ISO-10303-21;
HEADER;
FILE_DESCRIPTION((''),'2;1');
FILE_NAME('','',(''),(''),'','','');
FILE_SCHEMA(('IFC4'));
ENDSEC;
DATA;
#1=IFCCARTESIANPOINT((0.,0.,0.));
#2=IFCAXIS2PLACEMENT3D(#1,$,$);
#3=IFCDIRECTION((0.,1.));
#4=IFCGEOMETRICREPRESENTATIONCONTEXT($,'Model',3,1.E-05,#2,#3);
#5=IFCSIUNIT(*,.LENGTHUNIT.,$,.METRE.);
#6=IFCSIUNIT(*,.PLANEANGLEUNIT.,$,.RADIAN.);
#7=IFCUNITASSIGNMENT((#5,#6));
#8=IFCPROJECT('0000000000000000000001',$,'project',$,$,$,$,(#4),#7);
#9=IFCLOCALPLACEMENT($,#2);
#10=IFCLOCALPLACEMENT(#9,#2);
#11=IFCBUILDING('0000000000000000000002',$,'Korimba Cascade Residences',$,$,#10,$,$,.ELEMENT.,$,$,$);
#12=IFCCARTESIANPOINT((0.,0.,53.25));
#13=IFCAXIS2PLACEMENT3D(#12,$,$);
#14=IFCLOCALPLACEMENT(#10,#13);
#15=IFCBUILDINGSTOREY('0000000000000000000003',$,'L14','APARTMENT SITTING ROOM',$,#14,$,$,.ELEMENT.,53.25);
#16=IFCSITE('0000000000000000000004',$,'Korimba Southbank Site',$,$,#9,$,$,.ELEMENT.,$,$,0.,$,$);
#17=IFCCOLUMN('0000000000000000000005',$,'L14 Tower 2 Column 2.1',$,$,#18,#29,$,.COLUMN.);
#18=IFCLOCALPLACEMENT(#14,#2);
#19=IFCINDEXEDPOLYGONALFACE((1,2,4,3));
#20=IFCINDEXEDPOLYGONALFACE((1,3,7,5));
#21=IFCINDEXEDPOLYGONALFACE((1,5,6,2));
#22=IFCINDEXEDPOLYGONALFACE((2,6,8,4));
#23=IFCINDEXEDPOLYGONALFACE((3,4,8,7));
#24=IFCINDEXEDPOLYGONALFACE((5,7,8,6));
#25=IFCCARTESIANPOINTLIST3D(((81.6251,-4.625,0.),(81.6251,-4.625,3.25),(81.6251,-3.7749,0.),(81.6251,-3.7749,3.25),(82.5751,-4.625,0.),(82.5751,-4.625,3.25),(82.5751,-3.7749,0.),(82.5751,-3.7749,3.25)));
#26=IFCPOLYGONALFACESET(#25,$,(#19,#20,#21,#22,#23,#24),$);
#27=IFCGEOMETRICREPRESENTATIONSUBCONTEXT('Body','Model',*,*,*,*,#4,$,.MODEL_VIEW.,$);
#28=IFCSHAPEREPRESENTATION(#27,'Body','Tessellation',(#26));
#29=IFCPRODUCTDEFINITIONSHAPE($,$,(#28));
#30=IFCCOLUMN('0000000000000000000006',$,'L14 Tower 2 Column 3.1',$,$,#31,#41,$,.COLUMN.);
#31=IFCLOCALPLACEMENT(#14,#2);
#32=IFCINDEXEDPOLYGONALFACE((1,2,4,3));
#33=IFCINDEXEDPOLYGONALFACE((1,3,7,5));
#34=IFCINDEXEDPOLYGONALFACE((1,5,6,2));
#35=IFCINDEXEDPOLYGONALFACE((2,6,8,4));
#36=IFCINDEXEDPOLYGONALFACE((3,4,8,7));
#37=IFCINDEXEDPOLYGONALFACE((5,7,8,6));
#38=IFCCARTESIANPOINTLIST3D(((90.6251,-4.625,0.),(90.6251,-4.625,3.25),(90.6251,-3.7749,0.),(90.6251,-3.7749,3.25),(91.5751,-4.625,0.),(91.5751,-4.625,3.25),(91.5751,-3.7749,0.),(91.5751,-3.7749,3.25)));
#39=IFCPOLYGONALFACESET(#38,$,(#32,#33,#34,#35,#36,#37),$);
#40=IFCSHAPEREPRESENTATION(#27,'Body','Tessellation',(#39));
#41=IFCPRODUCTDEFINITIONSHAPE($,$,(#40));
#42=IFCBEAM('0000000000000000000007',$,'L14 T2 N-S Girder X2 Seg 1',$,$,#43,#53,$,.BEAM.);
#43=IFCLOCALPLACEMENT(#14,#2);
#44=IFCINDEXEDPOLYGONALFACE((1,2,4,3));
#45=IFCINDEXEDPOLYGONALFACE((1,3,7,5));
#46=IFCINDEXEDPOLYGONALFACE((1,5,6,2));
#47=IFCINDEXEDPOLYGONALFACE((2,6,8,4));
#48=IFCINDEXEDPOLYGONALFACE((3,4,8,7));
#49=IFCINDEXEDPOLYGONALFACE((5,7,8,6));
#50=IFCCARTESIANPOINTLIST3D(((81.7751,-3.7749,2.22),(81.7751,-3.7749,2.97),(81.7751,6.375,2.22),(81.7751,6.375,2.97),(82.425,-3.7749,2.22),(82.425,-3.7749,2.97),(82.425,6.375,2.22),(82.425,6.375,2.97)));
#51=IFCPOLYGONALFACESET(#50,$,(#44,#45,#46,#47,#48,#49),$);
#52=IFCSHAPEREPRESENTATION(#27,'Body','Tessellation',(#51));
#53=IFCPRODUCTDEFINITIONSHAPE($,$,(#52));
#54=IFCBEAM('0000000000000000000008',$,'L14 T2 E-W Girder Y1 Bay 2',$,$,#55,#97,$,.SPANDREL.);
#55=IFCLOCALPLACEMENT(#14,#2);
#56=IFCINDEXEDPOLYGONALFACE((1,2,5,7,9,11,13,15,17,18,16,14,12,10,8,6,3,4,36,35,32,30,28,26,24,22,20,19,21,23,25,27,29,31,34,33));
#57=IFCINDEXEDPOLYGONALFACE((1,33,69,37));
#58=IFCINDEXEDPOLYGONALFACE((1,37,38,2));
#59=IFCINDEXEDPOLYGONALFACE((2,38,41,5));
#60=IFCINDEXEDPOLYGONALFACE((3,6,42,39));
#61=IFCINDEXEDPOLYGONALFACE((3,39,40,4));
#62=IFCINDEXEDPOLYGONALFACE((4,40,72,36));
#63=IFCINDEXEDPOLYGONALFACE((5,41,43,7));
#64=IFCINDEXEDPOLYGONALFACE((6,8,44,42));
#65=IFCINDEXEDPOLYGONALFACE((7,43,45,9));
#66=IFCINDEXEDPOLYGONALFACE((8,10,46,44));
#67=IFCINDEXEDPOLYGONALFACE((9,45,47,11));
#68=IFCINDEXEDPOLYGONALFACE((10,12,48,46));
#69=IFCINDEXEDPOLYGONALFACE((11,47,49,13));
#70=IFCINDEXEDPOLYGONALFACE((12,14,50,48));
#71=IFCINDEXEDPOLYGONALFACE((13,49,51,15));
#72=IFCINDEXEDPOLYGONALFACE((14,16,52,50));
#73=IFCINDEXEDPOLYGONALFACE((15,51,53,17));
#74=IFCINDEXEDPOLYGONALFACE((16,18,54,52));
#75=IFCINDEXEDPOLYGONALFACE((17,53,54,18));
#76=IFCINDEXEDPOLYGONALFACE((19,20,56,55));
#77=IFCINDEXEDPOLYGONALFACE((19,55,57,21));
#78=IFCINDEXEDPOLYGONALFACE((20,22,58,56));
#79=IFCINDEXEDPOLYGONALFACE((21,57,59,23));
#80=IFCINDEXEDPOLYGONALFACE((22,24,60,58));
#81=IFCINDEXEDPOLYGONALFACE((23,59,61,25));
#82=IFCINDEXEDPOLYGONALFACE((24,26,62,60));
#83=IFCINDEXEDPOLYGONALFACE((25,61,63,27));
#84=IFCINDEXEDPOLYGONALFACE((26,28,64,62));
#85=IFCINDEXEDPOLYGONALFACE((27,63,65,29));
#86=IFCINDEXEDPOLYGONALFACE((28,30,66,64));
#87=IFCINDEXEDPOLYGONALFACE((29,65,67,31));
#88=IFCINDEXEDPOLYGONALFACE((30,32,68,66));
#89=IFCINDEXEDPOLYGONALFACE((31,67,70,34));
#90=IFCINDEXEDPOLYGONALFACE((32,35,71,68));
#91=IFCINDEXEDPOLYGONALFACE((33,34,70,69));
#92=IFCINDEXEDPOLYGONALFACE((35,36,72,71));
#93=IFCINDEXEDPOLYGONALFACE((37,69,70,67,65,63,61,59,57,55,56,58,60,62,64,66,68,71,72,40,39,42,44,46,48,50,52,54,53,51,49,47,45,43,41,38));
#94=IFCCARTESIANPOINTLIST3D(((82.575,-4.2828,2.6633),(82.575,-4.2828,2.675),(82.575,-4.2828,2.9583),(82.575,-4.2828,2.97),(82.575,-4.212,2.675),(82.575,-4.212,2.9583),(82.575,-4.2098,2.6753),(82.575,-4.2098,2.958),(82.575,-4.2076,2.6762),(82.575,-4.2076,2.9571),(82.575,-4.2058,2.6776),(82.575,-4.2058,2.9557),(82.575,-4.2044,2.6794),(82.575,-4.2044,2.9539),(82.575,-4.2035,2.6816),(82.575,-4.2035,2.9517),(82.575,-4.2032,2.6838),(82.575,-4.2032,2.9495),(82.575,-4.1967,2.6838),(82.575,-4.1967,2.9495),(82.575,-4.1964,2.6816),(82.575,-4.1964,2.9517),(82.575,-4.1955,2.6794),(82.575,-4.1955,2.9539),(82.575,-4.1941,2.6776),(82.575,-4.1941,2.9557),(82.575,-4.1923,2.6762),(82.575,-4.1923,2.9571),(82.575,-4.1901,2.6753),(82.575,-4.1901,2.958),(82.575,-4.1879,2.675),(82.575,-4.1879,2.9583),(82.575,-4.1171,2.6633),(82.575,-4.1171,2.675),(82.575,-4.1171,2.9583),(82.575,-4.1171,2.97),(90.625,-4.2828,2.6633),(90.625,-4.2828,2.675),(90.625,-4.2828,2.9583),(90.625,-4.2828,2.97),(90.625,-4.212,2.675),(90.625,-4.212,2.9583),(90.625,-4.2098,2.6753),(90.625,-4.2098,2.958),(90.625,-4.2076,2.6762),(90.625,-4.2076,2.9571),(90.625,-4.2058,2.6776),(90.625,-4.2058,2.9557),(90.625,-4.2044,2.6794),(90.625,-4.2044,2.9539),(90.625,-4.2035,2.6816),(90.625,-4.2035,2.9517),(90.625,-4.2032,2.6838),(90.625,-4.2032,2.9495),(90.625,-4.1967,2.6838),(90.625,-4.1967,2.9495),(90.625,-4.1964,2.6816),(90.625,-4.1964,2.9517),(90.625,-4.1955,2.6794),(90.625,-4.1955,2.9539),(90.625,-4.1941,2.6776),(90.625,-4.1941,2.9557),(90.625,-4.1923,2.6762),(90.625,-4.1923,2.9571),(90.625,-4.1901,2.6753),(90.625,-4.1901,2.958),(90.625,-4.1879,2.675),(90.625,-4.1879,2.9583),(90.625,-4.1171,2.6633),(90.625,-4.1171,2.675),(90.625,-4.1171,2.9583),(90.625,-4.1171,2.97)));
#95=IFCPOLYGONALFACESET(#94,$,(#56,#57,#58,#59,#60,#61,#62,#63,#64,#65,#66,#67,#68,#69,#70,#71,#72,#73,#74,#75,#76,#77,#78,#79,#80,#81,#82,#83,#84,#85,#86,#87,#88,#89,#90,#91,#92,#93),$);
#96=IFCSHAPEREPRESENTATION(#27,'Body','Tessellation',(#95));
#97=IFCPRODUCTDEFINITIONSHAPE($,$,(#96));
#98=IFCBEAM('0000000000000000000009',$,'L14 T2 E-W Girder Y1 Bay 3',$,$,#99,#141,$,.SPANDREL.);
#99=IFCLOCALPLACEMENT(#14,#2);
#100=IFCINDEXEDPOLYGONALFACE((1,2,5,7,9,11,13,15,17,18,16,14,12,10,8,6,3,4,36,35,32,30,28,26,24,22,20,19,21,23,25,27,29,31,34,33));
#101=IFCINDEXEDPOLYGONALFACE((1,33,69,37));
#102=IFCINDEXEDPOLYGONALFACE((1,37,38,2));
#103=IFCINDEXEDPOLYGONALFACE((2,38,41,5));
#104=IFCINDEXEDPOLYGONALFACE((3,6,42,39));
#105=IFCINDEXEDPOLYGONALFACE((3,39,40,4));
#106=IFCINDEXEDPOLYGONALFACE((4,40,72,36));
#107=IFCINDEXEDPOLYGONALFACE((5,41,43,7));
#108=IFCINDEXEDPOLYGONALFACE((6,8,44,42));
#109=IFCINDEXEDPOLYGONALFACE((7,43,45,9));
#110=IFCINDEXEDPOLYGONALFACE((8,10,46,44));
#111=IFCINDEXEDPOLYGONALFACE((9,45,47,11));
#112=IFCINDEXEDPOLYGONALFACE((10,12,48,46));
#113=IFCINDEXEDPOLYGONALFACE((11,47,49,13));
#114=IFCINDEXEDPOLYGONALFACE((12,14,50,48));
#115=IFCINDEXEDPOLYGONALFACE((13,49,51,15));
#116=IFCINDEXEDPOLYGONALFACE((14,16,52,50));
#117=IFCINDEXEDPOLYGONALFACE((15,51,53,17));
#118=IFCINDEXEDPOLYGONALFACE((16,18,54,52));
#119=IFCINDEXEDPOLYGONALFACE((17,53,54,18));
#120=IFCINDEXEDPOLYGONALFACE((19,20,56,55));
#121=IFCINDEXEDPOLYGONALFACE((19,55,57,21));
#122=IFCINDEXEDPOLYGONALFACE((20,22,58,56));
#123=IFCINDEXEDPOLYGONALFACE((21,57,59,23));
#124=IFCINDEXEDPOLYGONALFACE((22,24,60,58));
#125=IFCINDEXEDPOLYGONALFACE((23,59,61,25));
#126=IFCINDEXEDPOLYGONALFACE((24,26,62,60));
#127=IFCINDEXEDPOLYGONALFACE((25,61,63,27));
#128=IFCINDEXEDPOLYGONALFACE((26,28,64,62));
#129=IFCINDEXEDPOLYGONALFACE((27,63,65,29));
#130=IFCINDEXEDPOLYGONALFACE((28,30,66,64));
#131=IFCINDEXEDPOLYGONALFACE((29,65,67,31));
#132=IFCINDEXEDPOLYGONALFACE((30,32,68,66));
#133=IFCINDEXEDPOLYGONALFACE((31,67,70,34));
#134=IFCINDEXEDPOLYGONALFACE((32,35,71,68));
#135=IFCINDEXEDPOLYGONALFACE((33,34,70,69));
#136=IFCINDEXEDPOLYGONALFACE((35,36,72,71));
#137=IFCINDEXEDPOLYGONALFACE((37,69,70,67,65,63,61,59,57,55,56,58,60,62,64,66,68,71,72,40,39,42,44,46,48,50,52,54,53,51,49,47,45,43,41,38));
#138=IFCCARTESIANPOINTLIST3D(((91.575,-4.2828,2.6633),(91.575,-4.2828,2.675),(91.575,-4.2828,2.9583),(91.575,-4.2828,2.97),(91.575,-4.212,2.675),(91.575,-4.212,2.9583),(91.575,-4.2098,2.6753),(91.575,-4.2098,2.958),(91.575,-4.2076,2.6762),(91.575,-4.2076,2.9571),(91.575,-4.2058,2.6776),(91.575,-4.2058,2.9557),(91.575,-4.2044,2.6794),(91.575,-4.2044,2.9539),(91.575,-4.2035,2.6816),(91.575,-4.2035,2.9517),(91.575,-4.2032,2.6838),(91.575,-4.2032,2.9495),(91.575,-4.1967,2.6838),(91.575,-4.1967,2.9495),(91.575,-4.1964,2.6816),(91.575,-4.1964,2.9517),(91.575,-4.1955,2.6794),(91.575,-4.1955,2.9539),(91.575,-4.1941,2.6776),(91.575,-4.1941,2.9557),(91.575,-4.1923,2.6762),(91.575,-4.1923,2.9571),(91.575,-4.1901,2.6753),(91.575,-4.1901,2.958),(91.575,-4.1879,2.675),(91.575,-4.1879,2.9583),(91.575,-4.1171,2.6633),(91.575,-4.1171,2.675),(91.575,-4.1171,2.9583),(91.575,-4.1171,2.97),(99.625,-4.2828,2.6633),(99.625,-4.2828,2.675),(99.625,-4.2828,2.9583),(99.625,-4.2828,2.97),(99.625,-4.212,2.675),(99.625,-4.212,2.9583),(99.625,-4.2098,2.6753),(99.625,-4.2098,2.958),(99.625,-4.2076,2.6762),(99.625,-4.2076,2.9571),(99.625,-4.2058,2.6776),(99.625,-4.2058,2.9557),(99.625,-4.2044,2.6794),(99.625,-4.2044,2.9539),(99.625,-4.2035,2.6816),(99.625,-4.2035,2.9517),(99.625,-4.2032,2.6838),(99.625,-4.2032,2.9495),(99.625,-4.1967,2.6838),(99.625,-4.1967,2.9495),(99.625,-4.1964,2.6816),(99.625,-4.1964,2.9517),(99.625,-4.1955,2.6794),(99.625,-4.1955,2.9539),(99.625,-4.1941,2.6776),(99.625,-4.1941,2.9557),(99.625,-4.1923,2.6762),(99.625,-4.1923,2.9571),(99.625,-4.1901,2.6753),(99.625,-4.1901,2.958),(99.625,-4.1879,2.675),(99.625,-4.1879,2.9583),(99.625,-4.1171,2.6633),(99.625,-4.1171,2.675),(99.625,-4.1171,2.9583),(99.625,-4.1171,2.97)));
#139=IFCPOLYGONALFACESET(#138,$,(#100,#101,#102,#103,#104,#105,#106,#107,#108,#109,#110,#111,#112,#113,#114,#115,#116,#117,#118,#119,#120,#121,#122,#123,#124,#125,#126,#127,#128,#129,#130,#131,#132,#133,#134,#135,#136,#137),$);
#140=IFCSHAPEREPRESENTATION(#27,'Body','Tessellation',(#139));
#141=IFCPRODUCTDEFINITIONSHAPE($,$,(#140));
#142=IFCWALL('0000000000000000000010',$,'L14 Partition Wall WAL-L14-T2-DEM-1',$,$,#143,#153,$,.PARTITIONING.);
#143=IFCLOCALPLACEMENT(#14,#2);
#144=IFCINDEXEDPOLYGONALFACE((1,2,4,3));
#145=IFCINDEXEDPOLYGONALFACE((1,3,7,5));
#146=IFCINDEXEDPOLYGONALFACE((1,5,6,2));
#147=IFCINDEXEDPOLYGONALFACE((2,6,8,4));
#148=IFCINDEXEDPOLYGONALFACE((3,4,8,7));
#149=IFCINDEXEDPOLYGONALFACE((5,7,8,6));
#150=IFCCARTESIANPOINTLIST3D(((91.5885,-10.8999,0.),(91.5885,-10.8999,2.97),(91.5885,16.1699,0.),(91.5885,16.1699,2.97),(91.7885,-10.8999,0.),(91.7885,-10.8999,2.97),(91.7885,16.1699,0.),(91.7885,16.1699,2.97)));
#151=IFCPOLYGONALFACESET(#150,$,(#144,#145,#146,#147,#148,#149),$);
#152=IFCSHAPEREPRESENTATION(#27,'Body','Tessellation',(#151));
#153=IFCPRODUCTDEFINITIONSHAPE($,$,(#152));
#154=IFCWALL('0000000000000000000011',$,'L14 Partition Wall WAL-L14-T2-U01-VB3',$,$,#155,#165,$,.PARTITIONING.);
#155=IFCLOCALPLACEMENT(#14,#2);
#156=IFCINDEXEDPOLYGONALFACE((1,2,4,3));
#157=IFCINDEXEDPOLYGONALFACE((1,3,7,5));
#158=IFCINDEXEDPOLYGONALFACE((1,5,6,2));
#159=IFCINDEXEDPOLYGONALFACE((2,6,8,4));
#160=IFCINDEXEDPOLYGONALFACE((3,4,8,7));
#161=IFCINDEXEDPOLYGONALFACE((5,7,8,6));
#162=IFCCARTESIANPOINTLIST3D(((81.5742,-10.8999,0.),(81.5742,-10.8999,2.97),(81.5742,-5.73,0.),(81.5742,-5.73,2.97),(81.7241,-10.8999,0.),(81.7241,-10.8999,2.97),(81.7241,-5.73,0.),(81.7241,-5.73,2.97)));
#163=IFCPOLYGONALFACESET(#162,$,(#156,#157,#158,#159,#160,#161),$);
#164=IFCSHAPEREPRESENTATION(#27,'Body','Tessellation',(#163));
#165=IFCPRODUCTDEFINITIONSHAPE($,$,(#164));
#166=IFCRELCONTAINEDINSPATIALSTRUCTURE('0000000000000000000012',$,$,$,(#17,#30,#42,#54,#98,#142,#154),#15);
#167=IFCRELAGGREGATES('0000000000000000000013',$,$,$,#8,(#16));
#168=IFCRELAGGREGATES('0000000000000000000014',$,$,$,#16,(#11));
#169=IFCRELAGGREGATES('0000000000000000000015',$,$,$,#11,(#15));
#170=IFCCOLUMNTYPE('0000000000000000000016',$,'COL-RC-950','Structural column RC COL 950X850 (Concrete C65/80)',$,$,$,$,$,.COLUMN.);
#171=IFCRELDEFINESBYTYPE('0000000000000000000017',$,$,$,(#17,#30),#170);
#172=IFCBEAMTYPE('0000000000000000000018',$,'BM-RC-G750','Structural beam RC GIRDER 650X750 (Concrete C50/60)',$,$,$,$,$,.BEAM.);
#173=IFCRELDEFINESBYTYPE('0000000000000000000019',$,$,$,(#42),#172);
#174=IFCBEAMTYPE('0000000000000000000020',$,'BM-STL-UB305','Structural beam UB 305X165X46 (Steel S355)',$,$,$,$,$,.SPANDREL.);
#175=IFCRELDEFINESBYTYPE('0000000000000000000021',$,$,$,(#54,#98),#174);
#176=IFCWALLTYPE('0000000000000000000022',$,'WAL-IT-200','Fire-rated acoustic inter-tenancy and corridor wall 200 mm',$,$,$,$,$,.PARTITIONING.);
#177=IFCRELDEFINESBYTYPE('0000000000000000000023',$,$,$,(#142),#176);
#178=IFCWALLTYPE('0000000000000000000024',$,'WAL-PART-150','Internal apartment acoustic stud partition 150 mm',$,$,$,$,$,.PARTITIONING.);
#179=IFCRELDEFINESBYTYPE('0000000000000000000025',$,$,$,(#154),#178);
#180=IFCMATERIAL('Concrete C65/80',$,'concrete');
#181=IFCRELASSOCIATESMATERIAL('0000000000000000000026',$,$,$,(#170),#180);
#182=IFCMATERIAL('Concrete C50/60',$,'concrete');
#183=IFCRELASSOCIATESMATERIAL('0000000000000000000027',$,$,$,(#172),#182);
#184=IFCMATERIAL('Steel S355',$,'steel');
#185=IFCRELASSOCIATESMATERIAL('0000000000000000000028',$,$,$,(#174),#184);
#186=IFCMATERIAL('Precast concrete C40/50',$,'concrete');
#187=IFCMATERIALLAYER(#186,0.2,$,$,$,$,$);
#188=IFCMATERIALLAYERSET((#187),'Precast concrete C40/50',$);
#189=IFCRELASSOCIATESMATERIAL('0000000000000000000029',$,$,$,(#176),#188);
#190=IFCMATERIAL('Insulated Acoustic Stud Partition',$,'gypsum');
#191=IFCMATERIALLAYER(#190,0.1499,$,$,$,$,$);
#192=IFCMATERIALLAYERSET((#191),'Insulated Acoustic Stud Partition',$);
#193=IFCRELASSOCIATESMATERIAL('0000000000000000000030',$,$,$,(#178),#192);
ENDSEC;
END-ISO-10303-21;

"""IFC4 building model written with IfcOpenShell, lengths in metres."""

from ifc_helpers import new_model, si_unit, direction, frame, frame_2d, origin, origin_2d, place, context, subcontext, project, spatial, rectangle, i_section, extrude, material, layer, layer_set, material_profile, profile_set, type_object, element, save


model = new_model("IFC4")

# Units and contexts
model_context = context("Model", 3, precision=1e-05, world=origin(), true_north=direction((0.0, 1.0)))
body_context = subcontext(model_context, "Body", "Model", "MODEL_VIEW")
ifc_project = project(units=[si_unit("LENGTHUNIT", "METRE"), si_unit("PLANEANGLEUNIT", "RADIAN")], contexts=[model_context])

# Site, building, storey
site_placement = place(None, origin())
site = spatial("IfcSite", under=ifc_project, at=site_placement, Name="Korimba Southbank Site", CompositionType="ELEMENT", RefElevation=0.0)
building_placement = place(site_placement, origin())
building = spatial("IfcBuilding", under=site, at=building_placement, Name="Korimba Cascade Residences", CompositionType="ELEMENT")
storey_placement = place(building_placement, frame((0.0, 0.0, 53.25)))
storey = spatial("IfcBuildingStorey", under=building, at=storey_placement, Name="L14", Description="APARTMENT SITTING ROOM", CompositionType="ELEMENT", Elevation=53.25)

# Columns
ifc_material_1 = material(Name="Concrete C65/80", Category="concrete")
ifc_material_profile_1 = material_profile(ifc_material_1, rectangle(XDim=0.95, YDim=0.8501, at=origin_2d()), Name="Concrete C65/80")
ifc_profile_set_1 = profile_set([ifc_material_profile_1], Name="Concrete C65/80")
column_type = type_object("IfcColumnType", Name="COL-RC-950", Description="Structural column RC COL 950X850 (Concrete C65/80)", PredefinedType="COLUMN", material=ifc_profile_set_1)
for number, where, z_axis, x_axis, name in (
    (1, (82.1001, -4.2, 0.0), (0.0, 0.0, 1.0), (1.0, 0.0, 0.0), "L14 Tower 2 Column 2.1"),
    (2, (91.1001, -4.2, 0.0), (0.0, 0.0, 1.0), (1.0, 0.0, 0.0), "L14 Tower 2 Column 3.1"),
):
    element("IfcColumn", number, at=place(storey_placement, frame(where, z_axis=z_axis, x_axis=x_axis)), inside=storey, type_object=column_type, Name=name, PredefinedType="COLUMN", context=body_context, shape_type="SweptSolid", body=[
        extrude(rectangle(XDim=0.95, YDim=0.8501, at=origin_2d()), origin(), (0.0, 0.0, 1.0), 3.25),
    ])

# Beams
ifc_material_2 = material(Name="Concrete C50/60", Category="concrete")
ifc_material_profile_2 = material_profile(ifc_material_2, rectangle(XDim=0.6499, YDim=0.75, at=origin_2d()), Name="Concrete C50/60")
ifc_profile_set_2 = profile_set([ifc_material_profile_2], Name="Concrete C50/60")
beam_type_1 = type_object("IfcBeamType", Name="BM-RC-G750", Description="Structural beam RC GIRDER 650X750 (Concrete C50/60)", PredefinedType="BEAM", material=ifc_profile_set_2)
beam_placement = place(storey_placement, frame((82.1001, -3.7749, 2.595), z_axis=(0.0, 1.0, 0.0), x_axis=(-1.0, 0.0, 0.0)))
element("IfcBeam", 3, at=beam_placement, inside=storey, type_object=beam_type_1, Name="L14 T2 N-S Girder X2 Seg 1", PredefinedType="BEAM", context=body_context, shape_type="SweptSolid", body=[
    extrude(rectangle(XDim=0.6499, YDim=0.75, at=origin_2d()), origin(), (0.0, 0.0, 1.0), 10.1499),
])
ifc_material_3 = material(Name="Steel S355", Category="steel")
ifc_material_profile_3 = material_profile(ifc_material_3, i_section(OverallWidth=0.1658, OverallDepth=0.3066, WebThickness=0.0066, FlangeThickness=0.0117, FilletRadius=0.0088, at=origin_2d()), Name="Steel S355")
ifc_profile_set_3 = profile_set([ifc_material_profile_3], Name="Steel S355")
beam_type_2 = type_object("IfcBeamType", Name="BM-STL-UB305", Description="Structural beam UB 305X165X46 (Steel S355)", PredefinedType="SPANDREL", material=ifc_profile_set_3)
for number, where, z_axis, x_axis, name in (
    (4, (82.575, -4.2, 2.8167), (1.0, 0.0, 0.0), (0.0, 1.0, 0.0), "L14 T2 E-W Girder Y1 Bay 2"),
    (5, (91.575, -4.2, 2.8167), (1.0, 0.0, 0.0), (0.0, 1.0, 0.0), "L14 T2 E-W Girder Y1 Bay 3"),
):
    element("IfcBeam", number, at=place(storey_placement, frame(where, z_axis=z_axis, x_axis=x_axis)), inside=storey, type_object=beam_type_2, Name=name, PredefinedType="SPANDREL", context=body_context, shape_type="SweptSolid", body=[
        extrude(i_section(OverallWidth=0.1658, OverallDepth=0.3066, WebThickness=0.0066, FlangeThickness=0.0117, FilletRadius=0.0088, at=origin_2d()), origin(), (0.0, 0.0, 1.0), 8.05),
    ])

# Walls
ifc_material_4 = material(Name="Precast concrete C40/50", Category="concrete")
ifc_layer_1 = layer(ifc_material_4, 0.2)
ifc_layer_set_1 = layer_set([ifc_layer_1], Name="Precast concrete C40/50")
wall_type_1 = type_object("IfcWallType", Name="WAL-IT-200", Description="Fire-rated acoustic inter-tenancy and corridor wall 200 mm", PredefinedType="PARTITIONING", material=ifc_layer_set_1)
wall_1_placement = place(storey_placement, frame((91.6885, -10.8999, 0.0), z_axis=(0.0, 0.0, 1.0), x_axis=(0.0, 1.0, 0.0)))
element("IfcWall", 6, at=wall_1_placement, inside=storey, type_object=wall_type_1, Name="L14 Partition Wall WAL-L14-T2-DEM-1", PredefinedType="PARTITIONING", context=body_context, shape_type="SweptSolid", body=[
    extrude(rectangle(XDim=27.0698, YDim=0.2, at=frame_2d((13.5349, 0.0))), origin(), (0.0, 0.0, 1.0), 2.97),
])
ifc_material_5 = material(Name="Insulated Acoustic Stud Partition", Category="gypsum")
ifc_layer_2 = layer(ifc_material_5, 0.1499)
ifc_layer_set_2 = layer_set([ifc_layer_2], Name="Insulated Acoustic Stud Partition")
wall_type_2 = type_object("IfcWallType", Name="WAL-PART-150", Description="Internal apartment acoustic stud partition 150 mm", PredefinedType="PARTITIONING", material=ifc_layer_set_2)
wall_2_placement = place(storey_placement, frame((81.6492, -10.8999, 0.0), z_axis=(0.0, 0.0, 1.0), x_axis=(0.0, 1.0, 0.0)))
element("IfcWall", 7, at=wall_2_placement, inside=storey, type_object=wall_type_2, Name="L14 Partition Wall WAL-L14-T2-U01-VB3", PredefinedType="PARTITIONING", context=body_context, shape_type="SweptSolid", body=[
    extrude(rectangle(XDim=5.1699, YDim=0.1499, at=frame_2d((2.585, 0.0))), origin(), (0.0, 0.0, 1.0), 2.97),
])

save(model, "model.ifc")
